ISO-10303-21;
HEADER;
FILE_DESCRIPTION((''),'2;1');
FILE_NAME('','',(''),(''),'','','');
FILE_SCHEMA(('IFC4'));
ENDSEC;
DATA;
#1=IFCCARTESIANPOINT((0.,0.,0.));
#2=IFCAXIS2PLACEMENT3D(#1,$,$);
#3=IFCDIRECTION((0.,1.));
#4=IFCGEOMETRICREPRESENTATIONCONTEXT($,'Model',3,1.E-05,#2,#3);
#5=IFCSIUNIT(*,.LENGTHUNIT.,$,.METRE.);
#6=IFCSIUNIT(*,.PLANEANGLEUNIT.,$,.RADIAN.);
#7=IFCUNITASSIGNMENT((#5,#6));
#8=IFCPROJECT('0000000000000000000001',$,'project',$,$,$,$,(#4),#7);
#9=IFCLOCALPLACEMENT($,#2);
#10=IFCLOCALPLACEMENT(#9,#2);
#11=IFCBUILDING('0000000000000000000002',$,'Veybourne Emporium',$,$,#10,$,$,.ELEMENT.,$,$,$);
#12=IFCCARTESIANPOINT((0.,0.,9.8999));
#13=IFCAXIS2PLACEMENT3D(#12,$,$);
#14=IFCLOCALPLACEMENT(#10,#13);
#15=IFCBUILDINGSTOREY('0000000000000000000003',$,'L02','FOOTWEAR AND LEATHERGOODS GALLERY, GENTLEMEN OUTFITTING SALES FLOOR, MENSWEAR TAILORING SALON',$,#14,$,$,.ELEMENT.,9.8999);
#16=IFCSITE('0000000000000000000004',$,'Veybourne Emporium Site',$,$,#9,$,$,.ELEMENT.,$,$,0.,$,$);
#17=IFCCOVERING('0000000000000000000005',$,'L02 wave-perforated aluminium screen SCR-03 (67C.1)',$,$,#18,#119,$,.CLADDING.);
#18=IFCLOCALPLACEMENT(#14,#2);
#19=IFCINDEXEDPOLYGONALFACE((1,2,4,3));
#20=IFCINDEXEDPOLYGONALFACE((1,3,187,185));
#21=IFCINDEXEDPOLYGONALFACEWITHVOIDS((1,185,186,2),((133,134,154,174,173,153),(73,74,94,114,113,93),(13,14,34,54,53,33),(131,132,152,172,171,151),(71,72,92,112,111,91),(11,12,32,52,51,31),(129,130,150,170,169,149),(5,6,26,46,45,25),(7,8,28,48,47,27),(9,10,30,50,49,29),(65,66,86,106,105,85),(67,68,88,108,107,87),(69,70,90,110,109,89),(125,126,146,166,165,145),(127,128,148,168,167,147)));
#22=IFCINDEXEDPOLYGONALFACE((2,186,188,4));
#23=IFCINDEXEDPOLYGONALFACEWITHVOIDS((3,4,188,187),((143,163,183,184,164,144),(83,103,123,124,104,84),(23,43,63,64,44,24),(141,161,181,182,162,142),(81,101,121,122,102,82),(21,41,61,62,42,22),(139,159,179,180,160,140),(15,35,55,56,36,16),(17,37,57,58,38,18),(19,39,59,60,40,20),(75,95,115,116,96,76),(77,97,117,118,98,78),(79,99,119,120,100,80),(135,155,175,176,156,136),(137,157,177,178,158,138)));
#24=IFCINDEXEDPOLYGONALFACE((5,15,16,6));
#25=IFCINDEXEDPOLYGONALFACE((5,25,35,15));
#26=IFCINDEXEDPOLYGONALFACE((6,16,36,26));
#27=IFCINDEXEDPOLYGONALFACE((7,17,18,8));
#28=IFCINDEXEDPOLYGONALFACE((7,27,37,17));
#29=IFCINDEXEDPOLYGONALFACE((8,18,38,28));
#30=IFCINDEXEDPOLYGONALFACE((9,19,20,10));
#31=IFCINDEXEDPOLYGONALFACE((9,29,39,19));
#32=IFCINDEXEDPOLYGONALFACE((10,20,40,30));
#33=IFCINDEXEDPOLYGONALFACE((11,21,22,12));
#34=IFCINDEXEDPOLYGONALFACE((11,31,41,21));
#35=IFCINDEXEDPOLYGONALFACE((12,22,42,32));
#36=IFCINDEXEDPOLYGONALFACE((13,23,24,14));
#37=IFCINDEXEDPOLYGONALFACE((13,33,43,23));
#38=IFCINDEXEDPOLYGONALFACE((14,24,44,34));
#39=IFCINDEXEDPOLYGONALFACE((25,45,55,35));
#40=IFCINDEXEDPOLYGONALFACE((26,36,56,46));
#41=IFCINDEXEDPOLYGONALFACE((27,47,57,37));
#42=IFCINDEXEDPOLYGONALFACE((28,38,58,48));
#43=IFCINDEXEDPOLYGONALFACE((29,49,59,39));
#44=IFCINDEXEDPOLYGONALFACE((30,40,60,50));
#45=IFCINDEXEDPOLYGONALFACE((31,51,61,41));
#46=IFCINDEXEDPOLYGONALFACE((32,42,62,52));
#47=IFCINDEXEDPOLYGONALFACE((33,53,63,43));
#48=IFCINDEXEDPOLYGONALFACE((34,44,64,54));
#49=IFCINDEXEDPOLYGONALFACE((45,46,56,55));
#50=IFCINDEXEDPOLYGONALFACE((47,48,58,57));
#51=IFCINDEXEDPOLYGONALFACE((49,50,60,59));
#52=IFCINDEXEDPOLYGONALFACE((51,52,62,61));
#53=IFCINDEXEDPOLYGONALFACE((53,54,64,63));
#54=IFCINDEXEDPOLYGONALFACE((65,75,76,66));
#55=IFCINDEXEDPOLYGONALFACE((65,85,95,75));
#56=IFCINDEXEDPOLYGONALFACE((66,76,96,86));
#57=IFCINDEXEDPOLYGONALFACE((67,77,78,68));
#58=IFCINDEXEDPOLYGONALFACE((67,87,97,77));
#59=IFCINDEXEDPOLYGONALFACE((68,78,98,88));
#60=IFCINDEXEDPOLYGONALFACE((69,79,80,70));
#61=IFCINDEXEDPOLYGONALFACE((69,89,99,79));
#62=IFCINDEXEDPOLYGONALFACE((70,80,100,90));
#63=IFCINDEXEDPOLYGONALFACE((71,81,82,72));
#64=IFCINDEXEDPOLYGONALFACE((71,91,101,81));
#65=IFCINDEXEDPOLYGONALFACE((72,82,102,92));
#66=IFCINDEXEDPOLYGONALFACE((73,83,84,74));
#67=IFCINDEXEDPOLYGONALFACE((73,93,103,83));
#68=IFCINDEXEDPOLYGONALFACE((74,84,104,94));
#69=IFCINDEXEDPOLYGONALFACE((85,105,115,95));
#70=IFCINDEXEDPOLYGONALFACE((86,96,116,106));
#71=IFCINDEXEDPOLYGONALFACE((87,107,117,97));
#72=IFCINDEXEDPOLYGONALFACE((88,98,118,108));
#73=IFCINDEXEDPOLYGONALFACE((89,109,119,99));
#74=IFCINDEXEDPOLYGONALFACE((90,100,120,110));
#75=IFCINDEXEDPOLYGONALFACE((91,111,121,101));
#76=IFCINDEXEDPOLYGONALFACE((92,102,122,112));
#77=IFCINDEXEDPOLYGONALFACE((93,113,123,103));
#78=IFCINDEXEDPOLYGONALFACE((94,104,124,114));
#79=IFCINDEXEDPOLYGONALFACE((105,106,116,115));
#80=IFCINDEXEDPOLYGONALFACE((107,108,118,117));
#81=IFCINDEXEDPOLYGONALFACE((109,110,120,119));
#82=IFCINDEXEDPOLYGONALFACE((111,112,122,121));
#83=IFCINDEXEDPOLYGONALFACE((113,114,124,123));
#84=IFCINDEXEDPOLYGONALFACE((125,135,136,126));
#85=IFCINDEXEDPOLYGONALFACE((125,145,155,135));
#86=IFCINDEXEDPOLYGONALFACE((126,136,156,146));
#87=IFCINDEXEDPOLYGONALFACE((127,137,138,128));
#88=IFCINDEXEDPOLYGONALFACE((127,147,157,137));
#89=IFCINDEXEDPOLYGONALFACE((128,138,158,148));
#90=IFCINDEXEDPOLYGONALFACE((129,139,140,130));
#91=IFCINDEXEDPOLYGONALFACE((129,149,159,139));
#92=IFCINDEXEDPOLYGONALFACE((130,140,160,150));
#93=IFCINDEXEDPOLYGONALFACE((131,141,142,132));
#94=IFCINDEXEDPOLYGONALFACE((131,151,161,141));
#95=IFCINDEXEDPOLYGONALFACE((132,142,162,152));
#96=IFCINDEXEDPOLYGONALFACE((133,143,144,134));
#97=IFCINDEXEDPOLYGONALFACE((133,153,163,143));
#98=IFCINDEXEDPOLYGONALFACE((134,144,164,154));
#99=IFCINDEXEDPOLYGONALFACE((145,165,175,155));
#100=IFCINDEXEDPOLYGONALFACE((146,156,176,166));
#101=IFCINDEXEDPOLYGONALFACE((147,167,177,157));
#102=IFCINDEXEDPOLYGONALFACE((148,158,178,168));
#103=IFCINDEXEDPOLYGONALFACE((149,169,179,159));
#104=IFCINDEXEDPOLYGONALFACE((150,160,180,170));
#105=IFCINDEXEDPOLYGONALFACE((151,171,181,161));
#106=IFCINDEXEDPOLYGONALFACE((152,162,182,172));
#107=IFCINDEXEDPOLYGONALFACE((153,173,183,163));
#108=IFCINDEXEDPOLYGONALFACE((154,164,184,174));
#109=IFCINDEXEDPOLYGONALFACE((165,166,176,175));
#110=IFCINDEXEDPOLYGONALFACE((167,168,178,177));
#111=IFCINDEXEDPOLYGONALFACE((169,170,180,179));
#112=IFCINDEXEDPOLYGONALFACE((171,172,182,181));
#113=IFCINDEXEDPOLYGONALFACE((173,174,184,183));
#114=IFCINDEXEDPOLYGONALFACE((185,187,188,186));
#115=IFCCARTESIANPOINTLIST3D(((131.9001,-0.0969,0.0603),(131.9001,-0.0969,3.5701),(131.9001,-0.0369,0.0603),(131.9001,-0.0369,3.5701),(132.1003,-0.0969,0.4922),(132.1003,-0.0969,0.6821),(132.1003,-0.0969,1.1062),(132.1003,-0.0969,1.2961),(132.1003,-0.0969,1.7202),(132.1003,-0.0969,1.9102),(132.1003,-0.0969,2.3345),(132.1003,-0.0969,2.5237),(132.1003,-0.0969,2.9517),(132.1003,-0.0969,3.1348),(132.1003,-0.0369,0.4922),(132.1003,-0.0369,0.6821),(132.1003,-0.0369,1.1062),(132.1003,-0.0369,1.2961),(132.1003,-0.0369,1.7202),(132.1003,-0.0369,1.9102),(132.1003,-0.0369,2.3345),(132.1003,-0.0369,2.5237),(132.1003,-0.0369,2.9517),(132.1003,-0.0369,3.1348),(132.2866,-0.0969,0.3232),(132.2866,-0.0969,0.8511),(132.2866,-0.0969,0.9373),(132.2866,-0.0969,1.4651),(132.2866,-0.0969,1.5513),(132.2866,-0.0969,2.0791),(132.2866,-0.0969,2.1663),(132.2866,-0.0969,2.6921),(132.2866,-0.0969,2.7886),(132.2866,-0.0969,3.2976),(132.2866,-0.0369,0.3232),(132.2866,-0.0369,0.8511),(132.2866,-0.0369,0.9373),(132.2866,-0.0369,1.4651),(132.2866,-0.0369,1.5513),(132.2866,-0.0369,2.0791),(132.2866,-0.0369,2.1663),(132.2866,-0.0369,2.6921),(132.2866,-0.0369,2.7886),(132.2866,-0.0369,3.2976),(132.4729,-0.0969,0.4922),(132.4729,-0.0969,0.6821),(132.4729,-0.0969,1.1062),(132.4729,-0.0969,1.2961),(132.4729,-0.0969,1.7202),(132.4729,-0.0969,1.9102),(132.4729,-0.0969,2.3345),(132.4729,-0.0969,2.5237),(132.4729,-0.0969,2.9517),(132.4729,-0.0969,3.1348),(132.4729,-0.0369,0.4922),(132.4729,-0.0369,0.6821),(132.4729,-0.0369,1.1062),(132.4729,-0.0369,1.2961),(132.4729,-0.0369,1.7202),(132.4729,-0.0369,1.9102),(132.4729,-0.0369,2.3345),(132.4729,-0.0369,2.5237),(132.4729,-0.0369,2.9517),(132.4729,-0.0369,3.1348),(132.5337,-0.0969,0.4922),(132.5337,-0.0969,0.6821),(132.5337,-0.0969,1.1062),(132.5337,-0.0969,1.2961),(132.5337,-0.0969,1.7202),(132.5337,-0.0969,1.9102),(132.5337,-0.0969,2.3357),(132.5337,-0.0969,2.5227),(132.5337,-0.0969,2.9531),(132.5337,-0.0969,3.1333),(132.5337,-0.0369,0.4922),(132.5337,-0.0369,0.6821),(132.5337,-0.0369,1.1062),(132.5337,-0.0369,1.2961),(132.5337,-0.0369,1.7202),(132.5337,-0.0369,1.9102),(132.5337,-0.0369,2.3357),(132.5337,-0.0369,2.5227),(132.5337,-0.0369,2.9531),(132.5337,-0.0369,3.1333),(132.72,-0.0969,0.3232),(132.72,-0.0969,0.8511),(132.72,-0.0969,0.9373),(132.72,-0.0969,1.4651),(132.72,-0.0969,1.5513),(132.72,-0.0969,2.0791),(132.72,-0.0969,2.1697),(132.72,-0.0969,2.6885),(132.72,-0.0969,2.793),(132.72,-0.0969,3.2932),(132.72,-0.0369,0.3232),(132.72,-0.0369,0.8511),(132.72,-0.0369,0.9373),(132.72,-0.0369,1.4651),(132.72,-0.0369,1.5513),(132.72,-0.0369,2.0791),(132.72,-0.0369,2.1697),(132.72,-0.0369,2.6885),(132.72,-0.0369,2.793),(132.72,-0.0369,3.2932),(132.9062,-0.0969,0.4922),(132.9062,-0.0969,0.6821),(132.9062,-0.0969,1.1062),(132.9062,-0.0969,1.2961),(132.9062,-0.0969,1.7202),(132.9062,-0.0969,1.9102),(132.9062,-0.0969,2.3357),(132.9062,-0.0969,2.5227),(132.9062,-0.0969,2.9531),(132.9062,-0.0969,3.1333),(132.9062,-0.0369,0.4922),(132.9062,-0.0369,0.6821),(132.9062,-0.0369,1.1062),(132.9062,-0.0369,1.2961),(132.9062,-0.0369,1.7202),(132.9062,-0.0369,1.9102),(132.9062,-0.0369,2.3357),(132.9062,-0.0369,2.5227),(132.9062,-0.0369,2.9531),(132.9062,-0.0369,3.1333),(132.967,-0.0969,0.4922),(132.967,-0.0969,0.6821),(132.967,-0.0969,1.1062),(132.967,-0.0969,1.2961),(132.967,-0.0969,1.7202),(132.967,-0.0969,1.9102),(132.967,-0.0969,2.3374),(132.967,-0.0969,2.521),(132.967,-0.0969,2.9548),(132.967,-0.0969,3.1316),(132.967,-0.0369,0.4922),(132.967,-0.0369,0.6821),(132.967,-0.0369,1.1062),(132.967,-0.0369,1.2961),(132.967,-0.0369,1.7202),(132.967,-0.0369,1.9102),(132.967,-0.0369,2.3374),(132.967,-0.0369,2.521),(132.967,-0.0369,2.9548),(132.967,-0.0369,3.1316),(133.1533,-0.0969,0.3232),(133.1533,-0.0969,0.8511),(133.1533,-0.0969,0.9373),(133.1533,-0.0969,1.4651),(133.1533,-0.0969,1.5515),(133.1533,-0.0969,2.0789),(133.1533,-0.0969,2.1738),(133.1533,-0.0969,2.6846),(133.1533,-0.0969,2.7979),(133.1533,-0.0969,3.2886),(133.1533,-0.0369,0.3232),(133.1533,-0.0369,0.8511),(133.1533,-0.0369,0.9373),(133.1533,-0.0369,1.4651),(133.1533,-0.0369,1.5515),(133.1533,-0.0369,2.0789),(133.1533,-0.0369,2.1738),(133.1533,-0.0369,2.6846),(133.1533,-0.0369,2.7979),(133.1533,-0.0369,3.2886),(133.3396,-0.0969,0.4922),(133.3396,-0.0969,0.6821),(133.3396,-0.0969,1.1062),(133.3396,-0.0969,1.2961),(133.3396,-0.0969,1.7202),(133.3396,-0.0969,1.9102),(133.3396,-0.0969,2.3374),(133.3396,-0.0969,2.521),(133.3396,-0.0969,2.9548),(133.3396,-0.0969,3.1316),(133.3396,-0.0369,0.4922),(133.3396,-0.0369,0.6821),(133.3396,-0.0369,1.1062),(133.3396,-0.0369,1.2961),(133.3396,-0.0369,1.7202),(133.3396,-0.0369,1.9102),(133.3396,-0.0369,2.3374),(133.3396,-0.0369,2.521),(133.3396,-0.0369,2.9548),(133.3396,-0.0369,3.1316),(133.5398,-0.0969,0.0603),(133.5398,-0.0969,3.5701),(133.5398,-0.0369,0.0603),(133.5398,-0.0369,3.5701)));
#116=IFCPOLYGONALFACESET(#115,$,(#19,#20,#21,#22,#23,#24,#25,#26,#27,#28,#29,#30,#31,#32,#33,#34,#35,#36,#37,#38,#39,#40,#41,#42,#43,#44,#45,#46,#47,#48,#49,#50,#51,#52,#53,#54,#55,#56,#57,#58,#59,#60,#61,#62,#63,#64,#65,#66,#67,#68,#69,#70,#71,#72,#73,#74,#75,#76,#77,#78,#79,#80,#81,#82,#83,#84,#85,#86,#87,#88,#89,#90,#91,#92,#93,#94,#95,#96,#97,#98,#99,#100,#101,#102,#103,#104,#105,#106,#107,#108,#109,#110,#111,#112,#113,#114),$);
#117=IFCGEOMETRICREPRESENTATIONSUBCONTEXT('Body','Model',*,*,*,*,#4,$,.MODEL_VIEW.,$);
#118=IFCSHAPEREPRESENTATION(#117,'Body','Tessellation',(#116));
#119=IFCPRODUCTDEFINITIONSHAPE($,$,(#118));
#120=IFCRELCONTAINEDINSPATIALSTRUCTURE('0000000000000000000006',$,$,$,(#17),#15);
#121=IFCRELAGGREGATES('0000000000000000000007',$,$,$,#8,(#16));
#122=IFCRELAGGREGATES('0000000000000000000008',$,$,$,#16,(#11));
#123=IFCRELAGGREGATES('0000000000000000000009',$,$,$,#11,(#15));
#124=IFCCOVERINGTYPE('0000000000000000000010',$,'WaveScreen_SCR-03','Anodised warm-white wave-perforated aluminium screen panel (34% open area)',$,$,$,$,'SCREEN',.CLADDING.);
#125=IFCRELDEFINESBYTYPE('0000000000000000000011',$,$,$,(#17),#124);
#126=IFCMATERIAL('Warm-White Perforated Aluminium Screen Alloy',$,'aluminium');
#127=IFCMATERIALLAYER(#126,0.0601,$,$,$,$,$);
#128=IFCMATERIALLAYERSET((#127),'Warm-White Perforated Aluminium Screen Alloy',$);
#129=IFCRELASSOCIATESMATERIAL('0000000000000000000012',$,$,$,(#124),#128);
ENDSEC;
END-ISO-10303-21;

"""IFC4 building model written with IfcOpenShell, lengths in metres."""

from ifc_helpers import new_model, si_unit, direction, frame, origin, place, context, subcontext, project, spatial, polyline, outline, extrude, material, layer, layer_set, type_object, element, save


model = new_model("IFC4")

# Units and contexts
model_context = context("Model", 3, precision=1e-05, world=origin(), true_north=direction((0.0, 1.0)))
body_context = subcontext(model_context, "Body", "Model", "MODEL_VIEW")
ifc_project = project(units=[si_unit("LENGTHUNIT", "METRE"), si_unit("PLANEANGLEUNIT", "RADIAN")], contexts=[model_context])

# Site, building, storey
site_placement = place(None, origin())
site = spatial("IfcSite", under=ifc_project, at=site_placement, Name="Veybourne Emporium Site", CompositionType="ELEMENT", RefElevation=0.0)
building_placement = place(site_placement, origin())
building = spatial("IfcBuilding", under=site, at=building_placement, Name="Veybourne Emporium", CompositionType="ELEMENT")
storey_placement = place(building_placement, frame((0.0, 0.0, 9.8999)))
storey = spatial("IfcBuildingStorey", under=building, at=storey_placement, Name="L02", Description="FOOTWEAR AND LEATHERGOODS GALLERY, GENTLEMEN OUTFITTING SALES FLOOR, MENSWEAR TAILORING SALON", CompositionType="ELEMENT", Elevation=9.8999)

# Covering
ifc_material_1 = material(Name="Warm-White Perforated Aluminium Screen Alloy", Category="aluminium")
ifc_layer_1 = layer(ifc_material_1, 0.0601)
ifc_layer_set_1 = layer_set([ifc_layer_1], Name="Warm-White Perforated Aluminium Screen Alloy")
covering_type_1 = type_object("IfcCoveringType", Name="WaveScreen_SCR-03", Description="Anodised warm-white wave-perforated aluminium screen panel (34% open area)", ElementType="SCREEN", PredefinedType="CLADDING", material=ifc_layer_set_1)
covering_1_placement = place(storey_placement, frame((132.72, -0.0969, 1.8152), z_axis=(0.0, 1.0, 0.0), x_axis=(-1.0, 0.0, 0.0)))
element("IfcCovering", 1, at=covering_1_placement, inside=storey, type_object=covering_type_1, Name="L02 wave-perforated aluminium screen SCR-03 (67C.1)", PredefinedType="CLADDING", context=body_context, shape_type="SweptSolid", body=[
    extrude(outline(polyline([(-0.8198, -1.7549), (0.8198, -1.7549), (0.8198, 1.7549), (-0.8198, 1.7549), (-0.8198, -1.7549)]), holes=[polyline([(-0.4333, -0.9641), (-0.2471, -1.1331), (-0.2471, -1.323), (-0.4333, -1.4919), (-0.6196, -1.323), (-0.6196, -1.1331), (-0.4333, -0.9641)]), polyline([(-0.4333, -0.3501), (-0.2471, -0.519), (-0.2471, -0.709), (-0.4333, -0.8779), (-0.6196, -0.709), (-0.6196, -0.519), (-0.4333, -0.3501)]), polyline([(-0.4333, 0.2637), (-0.2471, 0.095), (-0.2471, -0.095), (-0.4333, -0.2637), (-0.6196, -0.095), (-0.6196, 0.095), (-0.4333, 0.2637)]), polyline([(-0.4333, 0.8694), (-0.2471, 0.7058), (-0.2471, 0.5222), (-0.4333, 0.3586), (-0.6196, 0.5222), (-0.6196, 0.7058), (-0.4333, 0.8694)]), polyline([(-0.4333, 1.4734), (-0.2471, 1.3164), (-0.2471, 1.1396), (-0.4333, 0.9827), (-0.6196, 1.1396), (-0.6196, 1.3164), (-0.4333, 1.4734)]), polyline([(0.0, -0.9641), (0.1863, -1.1331), (0.1863, -1.323), (0.0, -1.4919), (-0.1863, -1.323), (-0.1863, -1.1331), (0.0, -0.9641)]), polyline([(0.0, -0.3501), (0.1863, -0.519), (0.1863, -0.709), (0.0, -0.8779), (-0.1863, -0.709), (-0.1863, -0.519), (0.0, -0.3501)]), polyline([(0.0, 0.2639), (0.1863, 0.095), (0.1863, -0.095), (0.0, -0.2639), (-0.1863, -0.095), (-0.1863, 0.095), (0.0, 0.2639)]), polyline([(0.0, 0.8733), (0.1863, 0.7075), (0.1863, 0.5205), (0.0, 0.3545), (-0.1863, 0.5205), (-0.1863, 0.7075), (0.0, 0.8733)]), polyline([(0.0, 1.478), (0.1863, 1.3181), (0.1863, 1.1379), (0.0, 0.9778), (-0.1863, 1.1379), (-0.1863, 1.3181), (0.0, 1.478)]), polyline([(0.4333, -0.9641), (0.6196, -1.1331), (0.6196, -1.323), (0.4333, -1.4919), (0.2471, -1.323), (0.2471, -1.1331), (0.4333, -0.9641)]), polyline([(0.4333, -0.3501), (0.6196, -0.519), (0.6196, -0.709), (0.4333, -0.8779), (0.2471, -0.709), (0.2471, -0.519), (0.4333, -0.3501)]), polyline([(0.4333, 0.2639), (0.6196, 0.095), (0.6196, -0.095), (0.4333, -0.2639), (0.2471, -0.095), (0.2471, 0.095), (0.4333, 0.2639)]), polyline([(0.4333, 0.877), (0.6196, 0.7085), (0.6196, 0.5193), (0.4333, 0.3511), (0.2471, 0.5193), (0.2471, 0.7085), (0.4333, 0.877)]), polyline([(0.4333, 1.4824), (0.6196, 1.3196), (0.6196, 1.1365), (0.4333, 0.9734), (0.2471, 1.1365), (0.2471, 1.3196), (0.4333, 1.4824)])]), origin(), (0.0, 0.0, 1.0), 0.0601),
])

save(model, "model.ifc")
